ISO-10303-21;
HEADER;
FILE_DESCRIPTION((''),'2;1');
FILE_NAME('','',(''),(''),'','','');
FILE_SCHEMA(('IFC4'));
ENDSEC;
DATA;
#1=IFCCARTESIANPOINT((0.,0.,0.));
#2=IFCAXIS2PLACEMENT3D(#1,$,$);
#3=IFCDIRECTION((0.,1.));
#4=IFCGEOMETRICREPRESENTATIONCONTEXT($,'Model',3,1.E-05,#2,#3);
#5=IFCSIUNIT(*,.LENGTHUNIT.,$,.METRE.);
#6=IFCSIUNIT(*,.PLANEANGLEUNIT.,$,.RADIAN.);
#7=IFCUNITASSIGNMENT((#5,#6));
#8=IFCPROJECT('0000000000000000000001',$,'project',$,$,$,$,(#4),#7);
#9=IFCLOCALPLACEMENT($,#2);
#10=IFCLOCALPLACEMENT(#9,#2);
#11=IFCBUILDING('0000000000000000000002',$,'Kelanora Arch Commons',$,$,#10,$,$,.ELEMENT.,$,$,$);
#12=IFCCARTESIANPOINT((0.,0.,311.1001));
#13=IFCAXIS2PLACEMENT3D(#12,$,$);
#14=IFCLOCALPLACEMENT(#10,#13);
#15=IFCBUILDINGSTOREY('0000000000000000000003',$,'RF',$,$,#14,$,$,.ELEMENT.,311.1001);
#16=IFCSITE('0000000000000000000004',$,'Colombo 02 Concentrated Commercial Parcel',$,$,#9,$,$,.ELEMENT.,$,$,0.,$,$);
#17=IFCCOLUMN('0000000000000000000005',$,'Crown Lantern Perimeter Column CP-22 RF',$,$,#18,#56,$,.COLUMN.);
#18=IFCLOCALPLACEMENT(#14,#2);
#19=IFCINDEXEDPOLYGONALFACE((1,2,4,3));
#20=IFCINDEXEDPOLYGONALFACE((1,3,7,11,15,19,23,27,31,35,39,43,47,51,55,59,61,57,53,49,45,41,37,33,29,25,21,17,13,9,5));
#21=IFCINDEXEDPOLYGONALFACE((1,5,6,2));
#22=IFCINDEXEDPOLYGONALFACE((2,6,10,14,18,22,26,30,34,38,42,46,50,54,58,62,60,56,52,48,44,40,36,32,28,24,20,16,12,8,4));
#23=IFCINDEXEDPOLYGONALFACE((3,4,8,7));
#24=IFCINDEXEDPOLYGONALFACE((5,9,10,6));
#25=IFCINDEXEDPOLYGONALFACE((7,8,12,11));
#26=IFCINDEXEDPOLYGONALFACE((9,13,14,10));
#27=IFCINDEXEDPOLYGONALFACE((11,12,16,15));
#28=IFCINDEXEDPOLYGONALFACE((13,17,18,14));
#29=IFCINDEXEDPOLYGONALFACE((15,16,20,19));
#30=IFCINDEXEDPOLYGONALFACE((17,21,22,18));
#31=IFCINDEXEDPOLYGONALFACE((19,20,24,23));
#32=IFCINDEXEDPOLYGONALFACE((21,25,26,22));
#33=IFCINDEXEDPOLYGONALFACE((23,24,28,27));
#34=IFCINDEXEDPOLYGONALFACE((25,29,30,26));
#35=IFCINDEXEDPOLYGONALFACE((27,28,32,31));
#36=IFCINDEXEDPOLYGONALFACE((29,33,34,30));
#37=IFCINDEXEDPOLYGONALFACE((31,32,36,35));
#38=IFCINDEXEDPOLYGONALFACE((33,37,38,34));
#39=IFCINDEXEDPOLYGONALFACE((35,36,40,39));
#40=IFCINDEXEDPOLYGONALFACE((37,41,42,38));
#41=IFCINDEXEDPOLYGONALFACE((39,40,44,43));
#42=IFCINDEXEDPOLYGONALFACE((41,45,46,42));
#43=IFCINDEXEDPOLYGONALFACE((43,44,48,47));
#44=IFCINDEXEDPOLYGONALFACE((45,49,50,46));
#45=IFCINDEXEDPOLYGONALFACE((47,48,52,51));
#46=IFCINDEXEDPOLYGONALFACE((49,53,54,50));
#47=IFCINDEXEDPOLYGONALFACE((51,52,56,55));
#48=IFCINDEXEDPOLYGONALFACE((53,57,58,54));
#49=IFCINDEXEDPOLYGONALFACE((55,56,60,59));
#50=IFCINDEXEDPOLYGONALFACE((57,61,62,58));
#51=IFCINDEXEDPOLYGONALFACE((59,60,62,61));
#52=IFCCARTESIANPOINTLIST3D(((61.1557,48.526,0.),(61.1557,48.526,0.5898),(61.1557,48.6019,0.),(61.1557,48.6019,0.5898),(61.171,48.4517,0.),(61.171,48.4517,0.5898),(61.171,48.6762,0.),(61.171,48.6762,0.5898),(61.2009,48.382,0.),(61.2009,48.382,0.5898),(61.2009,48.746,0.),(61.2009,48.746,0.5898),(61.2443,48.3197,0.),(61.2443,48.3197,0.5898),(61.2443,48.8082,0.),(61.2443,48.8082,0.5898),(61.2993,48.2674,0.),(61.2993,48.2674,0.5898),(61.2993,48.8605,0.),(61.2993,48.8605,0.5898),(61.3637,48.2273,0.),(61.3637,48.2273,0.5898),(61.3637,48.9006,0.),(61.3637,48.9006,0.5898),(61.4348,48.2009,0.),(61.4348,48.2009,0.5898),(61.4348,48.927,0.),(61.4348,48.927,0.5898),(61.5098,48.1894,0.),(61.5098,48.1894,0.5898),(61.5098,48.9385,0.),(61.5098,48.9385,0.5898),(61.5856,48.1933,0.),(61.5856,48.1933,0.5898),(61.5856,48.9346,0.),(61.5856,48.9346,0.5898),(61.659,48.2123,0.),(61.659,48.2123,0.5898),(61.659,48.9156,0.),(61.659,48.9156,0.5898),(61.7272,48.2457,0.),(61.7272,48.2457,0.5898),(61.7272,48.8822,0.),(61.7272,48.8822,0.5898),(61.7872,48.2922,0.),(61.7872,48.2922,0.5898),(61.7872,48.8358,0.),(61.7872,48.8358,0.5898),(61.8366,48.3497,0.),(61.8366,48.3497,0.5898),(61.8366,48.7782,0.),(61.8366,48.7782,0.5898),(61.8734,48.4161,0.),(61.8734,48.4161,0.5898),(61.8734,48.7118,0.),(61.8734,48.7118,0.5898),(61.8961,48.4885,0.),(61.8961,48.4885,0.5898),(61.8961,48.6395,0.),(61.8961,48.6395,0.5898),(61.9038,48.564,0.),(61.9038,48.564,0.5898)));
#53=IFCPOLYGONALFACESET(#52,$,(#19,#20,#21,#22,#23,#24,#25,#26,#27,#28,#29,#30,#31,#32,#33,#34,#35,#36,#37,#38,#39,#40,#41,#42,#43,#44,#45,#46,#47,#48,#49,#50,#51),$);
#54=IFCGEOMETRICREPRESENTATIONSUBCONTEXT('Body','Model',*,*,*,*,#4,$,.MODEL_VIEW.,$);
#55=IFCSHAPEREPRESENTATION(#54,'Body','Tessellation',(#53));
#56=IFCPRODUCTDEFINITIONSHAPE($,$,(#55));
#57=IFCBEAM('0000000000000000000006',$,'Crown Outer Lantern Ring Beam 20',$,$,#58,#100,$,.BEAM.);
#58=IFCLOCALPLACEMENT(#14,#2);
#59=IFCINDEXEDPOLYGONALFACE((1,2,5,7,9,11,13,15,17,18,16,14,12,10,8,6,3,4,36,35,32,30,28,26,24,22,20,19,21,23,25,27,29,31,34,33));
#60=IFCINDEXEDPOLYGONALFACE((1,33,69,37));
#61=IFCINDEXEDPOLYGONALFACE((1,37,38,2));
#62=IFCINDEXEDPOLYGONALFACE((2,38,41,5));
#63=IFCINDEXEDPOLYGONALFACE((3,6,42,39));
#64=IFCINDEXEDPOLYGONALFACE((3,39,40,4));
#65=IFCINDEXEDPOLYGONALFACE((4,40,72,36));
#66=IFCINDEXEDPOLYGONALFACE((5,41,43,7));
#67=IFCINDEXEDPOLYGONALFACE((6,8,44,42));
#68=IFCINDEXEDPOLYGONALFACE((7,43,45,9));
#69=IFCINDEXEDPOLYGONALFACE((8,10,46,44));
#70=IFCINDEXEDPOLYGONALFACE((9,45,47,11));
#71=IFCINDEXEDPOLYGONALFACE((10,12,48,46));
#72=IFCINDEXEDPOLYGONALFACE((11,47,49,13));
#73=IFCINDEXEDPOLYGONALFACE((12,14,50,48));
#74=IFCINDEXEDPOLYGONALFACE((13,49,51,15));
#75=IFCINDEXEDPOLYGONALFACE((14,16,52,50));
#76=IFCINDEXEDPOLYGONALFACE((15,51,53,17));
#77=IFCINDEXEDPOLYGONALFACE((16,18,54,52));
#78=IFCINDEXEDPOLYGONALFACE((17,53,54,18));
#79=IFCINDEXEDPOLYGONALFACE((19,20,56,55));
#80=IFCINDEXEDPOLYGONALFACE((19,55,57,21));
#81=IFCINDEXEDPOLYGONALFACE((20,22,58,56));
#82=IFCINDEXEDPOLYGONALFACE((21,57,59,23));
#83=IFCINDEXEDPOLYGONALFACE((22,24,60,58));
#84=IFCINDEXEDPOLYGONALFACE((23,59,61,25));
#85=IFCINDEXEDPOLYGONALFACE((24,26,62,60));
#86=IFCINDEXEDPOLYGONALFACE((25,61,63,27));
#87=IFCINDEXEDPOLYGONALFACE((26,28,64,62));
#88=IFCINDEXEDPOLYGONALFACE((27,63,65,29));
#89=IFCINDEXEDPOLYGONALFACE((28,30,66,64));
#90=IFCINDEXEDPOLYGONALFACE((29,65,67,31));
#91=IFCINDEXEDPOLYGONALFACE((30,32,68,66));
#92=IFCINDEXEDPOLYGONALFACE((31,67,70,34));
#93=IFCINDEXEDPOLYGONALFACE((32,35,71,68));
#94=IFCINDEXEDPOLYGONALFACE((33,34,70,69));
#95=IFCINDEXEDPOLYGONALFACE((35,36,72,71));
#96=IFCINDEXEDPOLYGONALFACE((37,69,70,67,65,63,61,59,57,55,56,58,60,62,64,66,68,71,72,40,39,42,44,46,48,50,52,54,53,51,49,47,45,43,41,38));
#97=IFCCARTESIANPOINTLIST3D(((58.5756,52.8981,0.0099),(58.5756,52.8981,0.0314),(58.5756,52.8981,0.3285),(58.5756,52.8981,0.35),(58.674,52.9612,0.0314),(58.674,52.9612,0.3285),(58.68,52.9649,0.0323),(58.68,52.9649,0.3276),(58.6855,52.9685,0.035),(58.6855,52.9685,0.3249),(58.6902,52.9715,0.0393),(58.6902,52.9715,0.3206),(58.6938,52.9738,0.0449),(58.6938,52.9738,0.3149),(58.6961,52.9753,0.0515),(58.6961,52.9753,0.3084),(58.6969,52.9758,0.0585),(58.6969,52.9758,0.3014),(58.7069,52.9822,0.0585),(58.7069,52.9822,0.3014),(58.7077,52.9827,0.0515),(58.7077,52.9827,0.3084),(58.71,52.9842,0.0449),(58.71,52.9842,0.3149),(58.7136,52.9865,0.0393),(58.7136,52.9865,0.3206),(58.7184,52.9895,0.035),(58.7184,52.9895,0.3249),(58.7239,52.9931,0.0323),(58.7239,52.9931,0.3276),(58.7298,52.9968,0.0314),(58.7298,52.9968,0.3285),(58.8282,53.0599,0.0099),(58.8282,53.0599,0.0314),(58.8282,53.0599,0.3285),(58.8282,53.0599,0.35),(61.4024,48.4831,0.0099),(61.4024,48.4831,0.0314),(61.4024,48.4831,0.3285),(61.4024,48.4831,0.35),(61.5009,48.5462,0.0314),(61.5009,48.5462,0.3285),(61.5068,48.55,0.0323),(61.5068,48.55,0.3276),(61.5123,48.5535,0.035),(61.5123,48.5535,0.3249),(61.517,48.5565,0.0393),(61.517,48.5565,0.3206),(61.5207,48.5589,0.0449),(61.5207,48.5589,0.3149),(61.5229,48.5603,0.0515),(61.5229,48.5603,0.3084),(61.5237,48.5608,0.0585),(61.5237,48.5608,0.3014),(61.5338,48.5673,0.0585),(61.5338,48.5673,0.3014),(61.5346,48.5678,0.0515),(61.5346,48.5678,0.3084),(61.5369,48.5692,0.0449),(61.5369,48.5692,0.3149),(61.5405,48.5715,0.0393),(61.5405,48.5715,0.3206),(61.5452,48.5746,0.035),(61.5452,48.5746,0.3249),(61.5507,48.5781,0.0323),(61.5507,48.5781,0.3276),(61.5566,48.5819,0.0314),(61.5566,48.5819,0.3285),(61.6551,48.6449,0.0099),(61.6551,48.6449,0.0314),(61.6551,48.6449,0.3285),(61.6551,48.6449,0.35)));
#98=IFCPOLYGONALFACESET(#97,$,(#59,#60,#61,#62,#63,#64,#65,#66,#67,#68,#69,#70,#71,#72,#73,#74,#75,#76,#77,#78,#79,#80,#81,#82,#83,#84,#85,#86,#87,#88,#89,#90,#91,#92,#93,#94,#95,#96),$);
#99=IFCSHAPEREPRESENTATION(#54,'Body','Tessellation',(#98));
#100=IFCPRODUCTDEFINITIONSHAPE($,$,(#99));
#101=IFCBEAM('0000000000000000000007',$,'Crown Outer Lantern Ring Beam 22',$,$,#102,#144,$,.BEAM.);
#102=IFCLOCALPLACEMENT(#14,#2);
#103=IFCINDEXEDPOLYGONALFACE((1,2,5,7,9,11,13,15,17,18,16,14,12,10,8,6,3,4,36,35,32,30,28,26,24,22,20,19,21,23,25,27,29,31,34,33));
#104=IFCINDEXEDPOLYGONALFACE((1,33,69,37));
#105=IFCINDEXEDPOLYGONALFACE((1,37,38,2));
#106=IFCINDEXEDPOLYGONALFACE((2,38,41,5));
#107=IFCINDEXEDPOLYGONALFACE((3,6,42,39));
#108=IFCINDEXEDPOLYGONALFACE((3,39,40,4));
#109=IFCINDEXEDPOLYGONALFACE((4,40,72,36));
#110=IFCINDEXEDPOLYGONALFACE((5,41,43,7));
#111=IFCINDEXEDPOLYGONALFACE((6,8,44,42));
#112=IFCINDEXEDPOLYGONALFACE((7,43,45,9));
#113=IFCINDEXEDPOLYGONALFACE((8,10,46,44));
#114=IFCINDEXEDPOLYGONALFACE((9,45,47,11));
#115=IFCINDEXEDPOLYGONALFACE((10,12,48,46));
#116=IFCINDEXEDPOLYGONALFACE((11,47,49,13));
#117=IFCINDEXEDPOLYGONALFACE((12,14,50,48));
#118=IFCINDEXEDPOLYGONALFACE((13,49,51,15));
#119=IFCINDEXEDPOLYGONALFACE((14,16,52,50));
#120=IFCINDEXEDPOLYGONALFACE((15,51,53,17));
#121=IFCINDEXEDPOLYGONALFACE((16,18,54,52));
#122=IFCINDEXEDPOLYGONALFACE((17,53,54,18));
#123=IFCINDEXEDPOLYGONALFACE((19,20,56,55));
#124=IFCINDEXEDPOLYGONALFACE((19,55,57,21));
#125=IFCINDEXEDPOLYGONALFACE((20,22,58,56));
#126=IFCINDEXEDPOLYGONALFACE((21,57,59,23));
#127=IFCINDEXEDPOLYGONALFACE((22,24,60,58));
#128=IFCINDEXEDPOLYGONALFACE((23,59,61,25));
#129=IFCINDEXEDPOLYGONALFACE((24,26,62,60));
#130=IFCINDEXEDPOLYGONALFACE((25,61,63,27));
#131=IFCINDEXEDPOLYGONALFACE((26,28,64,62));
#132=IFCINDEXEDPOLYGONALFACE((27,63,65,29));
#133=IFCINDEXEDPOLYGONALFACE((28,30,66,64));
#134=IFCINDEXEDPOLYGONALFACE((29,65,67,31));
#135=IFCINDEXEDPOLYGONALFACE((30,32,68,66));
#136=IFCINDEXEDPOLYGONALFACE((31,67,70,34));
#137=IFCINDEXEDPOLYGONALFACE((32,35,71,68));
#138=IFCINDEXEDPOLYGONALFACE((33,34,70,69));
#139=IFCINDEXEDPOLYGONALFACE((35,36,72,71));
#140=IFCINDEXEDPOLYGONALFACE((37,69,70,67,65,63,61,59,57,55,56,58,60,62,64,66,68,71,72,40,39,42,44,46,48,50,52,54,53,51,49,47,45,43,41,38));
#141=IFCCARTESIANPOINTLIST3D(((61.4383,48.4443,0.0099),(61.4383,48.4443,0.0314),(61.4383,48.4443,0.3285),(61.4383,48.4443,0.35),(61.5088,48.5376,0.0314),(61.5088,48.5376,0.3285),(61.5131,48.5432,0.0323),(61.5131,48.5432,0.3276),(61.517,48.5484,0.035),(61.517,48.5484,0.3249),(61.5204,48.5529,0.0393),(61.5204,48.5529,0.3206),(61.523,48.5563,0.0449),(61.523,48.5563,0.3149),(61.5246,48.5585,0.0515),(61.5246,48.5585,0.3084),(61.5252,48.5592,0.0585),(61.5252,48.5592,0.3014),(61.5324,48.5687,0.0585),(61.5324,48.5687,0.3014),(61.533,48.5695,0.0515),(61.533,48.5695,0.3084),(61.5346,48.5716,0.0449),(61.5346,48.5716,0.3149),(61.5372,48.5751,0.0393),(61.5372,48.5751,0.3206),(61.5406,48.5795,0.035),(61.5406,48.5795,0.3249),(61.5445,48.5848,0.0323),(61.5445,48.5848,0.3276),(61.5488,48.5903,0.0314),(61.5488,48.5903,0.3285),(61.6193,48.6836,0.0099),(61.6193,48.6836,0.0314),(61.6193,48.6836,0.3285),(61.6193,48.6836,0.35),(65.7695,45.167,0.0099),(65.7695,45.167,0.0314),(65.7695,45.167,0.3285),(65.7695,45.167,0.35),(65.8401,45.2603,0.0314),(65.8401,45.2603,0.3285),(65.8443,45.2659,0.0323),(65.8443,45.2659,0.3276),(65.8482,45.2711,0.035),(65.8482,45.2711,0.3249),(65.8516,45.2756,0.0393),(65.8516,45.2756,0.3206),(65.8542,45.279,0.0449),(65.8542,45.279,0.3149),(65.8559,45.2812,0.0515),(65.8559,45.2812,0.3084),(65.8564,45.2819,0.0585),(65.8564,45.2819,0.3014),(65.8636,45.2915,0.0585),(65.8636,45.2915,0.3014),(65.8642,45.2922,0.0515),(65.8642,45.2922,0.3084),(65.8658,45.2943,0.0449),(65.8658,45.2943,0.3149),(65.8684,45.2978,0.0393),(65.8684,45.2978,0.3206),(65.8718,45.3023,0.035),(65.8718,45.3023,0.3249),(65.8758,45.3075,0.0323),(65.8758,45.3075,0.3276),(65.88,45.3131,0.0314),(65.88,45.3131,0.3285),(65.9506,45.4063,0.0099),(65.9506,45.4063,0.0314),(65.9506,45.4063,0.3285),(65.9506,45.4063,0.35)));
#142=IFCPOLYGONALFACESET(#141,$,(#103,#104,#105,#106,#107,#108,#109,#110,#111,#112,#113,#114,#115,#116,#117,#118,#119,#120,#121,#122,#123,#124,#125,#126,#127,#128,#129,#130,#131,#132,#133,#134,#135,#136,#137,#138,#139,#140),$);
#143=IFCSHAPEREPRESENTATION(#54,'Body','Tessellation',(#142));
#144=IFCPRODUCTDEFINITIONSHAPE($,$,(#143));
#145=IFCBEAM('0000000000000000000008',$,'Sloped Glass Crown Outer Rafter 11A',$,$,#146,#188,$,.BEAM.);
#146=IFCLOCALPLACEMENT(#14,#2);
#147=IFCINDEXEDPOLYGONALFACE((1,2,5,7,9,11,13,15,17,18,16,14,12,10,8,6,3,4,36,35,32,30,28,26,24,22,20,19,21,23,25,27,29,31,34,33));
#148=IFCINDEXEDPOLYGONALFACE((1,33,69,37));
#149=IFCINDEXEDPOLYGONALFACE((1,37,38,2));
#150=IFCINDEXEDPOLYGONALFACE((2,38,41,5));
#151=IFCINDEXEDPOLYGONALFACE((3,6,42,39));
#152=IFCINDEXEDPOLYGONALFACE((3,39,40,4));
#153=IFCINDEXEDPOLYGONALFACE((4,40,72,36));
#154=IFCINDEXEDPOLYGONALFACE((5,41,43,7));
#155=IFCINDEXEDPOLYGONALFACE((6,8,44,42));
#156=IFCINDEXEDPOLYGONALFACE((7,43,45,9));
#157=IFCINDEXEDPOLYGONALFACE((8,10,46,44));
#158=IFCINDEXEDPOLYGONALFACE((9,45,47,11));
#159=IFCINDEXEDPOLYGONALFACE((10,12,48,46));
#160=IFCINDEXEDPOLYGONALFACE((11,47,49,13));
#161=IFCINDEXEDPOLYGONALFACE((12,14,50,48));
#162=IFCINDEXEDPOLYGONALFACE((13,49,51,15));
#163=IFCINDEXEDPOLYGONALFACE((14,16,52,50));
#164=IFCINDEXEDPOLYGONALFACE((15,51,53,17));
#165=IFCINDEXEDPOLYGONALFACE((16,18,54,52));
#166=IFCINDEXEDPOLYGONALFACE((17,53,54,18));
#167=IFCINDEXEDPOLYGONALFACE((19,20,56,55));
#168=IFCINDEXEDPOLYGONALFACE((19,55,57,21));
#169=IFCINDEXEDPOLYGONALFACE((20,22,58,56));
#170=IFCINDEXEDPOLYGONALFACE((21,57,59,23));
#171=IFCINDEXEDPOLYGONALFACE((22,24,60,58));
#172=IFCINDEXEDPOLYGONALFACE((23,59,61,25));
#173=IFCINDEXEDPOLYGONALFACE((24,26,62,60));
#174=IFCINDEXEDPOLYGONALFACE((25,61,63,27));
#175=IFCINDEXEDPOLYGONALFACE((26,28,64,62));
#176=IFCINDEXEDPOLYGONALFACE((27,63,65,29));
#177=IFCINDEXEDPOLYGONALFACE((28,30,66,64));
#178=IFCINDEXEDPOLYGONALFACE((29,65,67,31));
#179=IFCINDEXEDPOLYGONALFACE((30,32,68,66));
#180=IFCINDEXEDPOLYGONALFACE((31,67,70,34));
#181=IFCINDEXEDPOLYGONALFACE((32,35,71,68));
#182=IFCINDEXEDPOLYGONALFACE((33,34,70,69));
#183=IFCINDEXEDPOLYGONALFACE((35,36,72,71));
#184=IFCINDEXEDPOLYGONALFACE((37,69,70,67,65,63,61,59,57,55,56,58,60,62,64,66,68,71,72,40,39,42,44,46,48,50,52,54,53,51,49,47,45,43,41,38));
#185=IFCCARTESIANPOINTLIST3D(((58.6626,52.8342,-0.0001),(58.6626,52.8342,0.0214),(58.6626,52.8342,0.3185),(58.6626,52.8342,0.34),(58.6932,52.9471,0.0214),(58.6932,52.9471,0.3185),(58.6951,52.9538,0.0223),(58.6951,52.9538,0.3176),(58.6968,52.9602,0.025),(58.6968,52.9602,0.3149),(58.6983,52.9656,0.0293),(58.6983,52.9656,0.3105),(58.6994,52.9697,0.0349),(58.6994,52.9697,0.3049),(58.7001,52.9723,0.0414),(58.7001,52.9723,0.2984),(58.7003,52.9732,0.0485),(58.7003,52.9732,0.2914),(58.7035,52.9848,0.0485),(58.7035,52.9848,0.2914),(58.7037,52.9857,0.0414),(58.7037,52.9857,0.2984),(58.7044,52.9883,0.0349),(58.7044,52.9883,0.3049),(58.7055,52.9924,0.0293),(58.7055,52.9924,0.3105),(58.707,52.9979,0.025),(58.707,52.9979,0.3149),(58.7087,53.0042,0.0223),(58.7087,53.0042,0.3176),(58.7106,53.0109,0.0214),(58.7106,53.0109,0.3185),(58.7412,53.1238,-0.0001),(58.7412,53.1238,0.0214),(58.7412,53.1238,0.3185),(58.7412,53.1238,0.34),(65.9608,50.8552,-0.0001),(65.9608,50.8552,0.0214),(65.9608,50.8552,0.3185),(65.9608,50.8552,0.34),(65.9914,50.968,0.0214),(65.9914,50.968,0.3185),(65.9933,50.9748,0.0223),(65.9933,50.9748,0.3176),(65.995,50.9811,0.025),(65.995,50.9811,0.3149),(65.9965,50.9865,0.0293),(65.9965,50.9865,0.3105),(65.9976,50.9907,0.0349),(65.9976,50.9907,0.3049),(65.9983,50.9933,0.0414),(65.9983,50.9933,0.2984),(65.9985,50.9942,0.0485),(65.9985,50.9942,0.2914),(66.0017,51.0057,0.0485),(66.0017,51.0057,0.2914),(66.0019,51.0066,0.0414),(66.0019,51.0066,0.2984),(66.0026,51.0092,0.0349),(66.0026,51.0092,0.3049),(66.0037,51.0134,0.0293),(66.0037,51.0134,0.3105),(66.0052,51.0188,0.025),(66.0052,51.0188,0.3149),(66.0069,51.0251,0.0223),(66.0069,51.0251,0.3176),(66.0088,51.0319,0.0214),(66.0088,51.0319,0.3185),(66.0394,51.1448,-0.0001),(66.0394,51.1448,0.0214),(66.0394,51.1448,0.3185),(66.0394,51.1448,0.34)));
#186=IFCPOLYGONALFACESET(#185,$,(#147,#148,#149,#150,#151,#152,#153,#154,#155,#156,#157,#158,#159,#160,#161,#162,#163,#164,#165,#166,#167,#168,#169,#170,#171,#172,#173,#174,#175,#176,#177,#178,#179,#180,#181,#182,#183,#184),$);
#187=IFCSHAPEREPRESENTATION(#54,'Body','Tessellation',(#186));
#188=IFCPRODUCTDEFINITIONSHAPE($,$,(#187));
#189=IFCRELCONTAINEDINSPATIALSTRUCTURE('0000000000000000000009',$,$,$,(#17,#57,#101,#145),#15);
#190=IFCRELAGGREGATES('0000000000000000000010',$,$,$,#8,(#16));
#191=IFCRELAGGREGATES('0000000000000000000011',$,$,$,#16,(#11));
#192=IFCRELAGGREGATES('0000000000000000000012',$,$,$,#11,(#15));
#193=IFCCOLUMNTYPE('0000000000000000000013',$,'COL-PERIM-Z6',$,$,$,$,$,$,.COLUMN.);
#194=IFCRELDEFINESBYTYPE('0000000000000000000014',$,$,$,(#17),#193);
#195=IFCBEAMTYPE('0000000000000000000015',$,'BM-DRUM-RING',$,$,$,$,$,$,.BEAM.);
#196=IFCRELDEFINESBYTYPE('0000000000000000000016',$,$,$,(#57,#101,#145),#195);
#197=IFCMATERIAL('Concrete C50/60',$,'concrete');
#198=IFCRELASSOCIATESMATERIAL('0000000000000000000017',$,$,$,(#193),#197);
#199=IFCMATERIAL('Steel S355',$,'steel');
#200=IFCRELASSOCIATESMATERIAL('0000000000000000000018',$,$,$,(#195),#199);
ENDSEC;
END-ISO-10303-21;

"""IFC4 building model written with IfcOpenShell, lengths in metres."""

from ifc_helpers import new_model, si_unit, direction, frame, origin, origin_2d, place, context, subcontext, project, spatial, circle, i_section, extrude, material, material_profile, profile_set, type_object, element, save


model = new_model("IFC4")

# Units and contexts
model_context = context("Model", 3, precision=1e-05, world=origin(), true_north=direction((0.0, 1.0)))
body_context = subcontext(model_context, "Body", "Model", "MODEL_VIEW")
ifc_project = project(units=[si_unit("LENGTHUNIT", "METRE"), si_unit("PLANEANGLEUNIT", "RADIAN")], contexts=[model_context])

# Site, building, storey
site_placement = place(None, origin())
site = spatial("IfcSite", under=ifc_project, at=site_placement, Name="Colombo 02 Concentrated Commercial Parcel", CompositionType="ELEMENT", RefElevation=0.0)
building_placement = place(site_placement, origin())
building = spatial("IfcBuilding", under=site, at=building_placement, Name="Kelanora Arch Commons", CompositionType="ELEMENT")
storey_placement = place(building_placement, frame((0.0, 0.0, 311.1001)))
storey = spatial("IfcBuildingStorey", under=building, at=storey_placement, Name="RF", CompositionType="ELEMENT", Elevation=311.1001)

# Column
ifc_material_1 = material(Name="Concrete C50/60", Category="concrete")
ifc_material_profile_1 = material_profile(ifc_material_1, circle(Radius=0.375, at=origin_2d()), Name="RCC750")
ifc_profile_set_1 = profile_set([ifc_material_profile_1], Name="Concrete C50/60")
column_type = type_object("IfcColumnType", Name="COL-PERIM-Z6", PredefinedType="COLUMN", material=ifc_profile_set_1)
column_placement = place(storey_placement, frame((61.5288, 48.564, 0.0), z_axis=(0.0, 0.0, 1.0), x_axis=(1.0, 0.0, 0.0)))
element("IfcColumn", 1, at=column_placement, inside=storey, type_object=column_type, Name="Crown Lantern Perimeter Column CP-22 RF", PredefinedType="COLUMN", context=body_context, shape_type="SweptSolid", body=[
    extrude(circle(Radius=0.375, at=origin_2d()), origin(), (0.0, 0.0, 1.0), 0.5898),
])

# Beams
ifc_material_2 = material(Name="Steel S355", Category="steel")
ifc_material_profile_2 = material_profile(ifc_material_2, i_section(OverallWidth=0.3, OverallDepth=0.3401, WebThickness=0.012, FlangeThickness=0.0215, FilletRadius=0.0271, at=origin_2d()), Name="HEB340")
ifc_profile_set_2 = profile_set([ifc_material_profile_2], Name="Steel S355")
beam_type = type_object("IfcBeamType", Name="BM-DRUM-RING", PredefinedType="BEAM", material=ifc_profile_set_2)
beam_1_placement = place(storey_placement, frame((58.7019, 52.979, 0.1799), z_axis=(0.539227, -0.842161, 0.0), x_axis=(0.842161, 0.539227, 0.0)))
element("IfcBeam", 2, at=beam_1_placement, inside=storey, type_object=beam_type, Name="Crown Outer Lantern Ring Beam 20", PredefinedType="BEAM", context=body_context, shape_type="SweptSolid", body=[
    extrude(i_section(OverallWidth=0.3, OverallDepth=0.3401, WebThickness=0.012, FlangeThickness=0.0215, FilletRadius=0.0271, at=origin_2d()), origin(), (0.0, 0.0, 1.0), 5.2424),
])
beam_2_placement = place(storey_placement, frame((61.5288, 48.564, 0.1799), z_axis=(0.797441, -0.603396, 0.0), x_axis=(0.603396, 0.797441, 0.0)))
element("IfcBeam", 3, at=beam_2_placement, inside=storey, type_object=beam_type, Name="Crown Outer Lantern Ring Beam 22", PredefinedType="BEAM", context=body_context, shape_type="SweptSolid", body=[
    extrude(i_section(OverallWidth=0.3, OverallDepth=0.3401, WebThickness=0.012, FlangeThickness=0.0215, FilletRadius=0.0271, at=origin_2d()), origin(), (0.0, 0.0, 1.0), 5.4314),
])
beam_3_placement = place(storey_placement, frame((58.7019, 52.979, 0.1699), z_axis=(0.965145, -0.261716, 0.0), x_axis=(0.261716, 0.965145, 0.0)))
element("IfcBeam", 4, at=beam_3_placement, inside=storey, type_object=beam_type, Name="Sloped Glass Crown Outer Rafter 11A", PredefinedType="BEAM", context=body_context, shape_type="SweptSolid", body=[
    extrude(i_section(OverallWidth=0.3, OverallDepth=0.3401, WebThickness=0.012, FlangeThickness=0.0215, FilletRadius=0.0271, at=origin_2d()), origin(), (0.0, 0.0, 1.0), 7.5618),
])

save(model, "model.ifc")
